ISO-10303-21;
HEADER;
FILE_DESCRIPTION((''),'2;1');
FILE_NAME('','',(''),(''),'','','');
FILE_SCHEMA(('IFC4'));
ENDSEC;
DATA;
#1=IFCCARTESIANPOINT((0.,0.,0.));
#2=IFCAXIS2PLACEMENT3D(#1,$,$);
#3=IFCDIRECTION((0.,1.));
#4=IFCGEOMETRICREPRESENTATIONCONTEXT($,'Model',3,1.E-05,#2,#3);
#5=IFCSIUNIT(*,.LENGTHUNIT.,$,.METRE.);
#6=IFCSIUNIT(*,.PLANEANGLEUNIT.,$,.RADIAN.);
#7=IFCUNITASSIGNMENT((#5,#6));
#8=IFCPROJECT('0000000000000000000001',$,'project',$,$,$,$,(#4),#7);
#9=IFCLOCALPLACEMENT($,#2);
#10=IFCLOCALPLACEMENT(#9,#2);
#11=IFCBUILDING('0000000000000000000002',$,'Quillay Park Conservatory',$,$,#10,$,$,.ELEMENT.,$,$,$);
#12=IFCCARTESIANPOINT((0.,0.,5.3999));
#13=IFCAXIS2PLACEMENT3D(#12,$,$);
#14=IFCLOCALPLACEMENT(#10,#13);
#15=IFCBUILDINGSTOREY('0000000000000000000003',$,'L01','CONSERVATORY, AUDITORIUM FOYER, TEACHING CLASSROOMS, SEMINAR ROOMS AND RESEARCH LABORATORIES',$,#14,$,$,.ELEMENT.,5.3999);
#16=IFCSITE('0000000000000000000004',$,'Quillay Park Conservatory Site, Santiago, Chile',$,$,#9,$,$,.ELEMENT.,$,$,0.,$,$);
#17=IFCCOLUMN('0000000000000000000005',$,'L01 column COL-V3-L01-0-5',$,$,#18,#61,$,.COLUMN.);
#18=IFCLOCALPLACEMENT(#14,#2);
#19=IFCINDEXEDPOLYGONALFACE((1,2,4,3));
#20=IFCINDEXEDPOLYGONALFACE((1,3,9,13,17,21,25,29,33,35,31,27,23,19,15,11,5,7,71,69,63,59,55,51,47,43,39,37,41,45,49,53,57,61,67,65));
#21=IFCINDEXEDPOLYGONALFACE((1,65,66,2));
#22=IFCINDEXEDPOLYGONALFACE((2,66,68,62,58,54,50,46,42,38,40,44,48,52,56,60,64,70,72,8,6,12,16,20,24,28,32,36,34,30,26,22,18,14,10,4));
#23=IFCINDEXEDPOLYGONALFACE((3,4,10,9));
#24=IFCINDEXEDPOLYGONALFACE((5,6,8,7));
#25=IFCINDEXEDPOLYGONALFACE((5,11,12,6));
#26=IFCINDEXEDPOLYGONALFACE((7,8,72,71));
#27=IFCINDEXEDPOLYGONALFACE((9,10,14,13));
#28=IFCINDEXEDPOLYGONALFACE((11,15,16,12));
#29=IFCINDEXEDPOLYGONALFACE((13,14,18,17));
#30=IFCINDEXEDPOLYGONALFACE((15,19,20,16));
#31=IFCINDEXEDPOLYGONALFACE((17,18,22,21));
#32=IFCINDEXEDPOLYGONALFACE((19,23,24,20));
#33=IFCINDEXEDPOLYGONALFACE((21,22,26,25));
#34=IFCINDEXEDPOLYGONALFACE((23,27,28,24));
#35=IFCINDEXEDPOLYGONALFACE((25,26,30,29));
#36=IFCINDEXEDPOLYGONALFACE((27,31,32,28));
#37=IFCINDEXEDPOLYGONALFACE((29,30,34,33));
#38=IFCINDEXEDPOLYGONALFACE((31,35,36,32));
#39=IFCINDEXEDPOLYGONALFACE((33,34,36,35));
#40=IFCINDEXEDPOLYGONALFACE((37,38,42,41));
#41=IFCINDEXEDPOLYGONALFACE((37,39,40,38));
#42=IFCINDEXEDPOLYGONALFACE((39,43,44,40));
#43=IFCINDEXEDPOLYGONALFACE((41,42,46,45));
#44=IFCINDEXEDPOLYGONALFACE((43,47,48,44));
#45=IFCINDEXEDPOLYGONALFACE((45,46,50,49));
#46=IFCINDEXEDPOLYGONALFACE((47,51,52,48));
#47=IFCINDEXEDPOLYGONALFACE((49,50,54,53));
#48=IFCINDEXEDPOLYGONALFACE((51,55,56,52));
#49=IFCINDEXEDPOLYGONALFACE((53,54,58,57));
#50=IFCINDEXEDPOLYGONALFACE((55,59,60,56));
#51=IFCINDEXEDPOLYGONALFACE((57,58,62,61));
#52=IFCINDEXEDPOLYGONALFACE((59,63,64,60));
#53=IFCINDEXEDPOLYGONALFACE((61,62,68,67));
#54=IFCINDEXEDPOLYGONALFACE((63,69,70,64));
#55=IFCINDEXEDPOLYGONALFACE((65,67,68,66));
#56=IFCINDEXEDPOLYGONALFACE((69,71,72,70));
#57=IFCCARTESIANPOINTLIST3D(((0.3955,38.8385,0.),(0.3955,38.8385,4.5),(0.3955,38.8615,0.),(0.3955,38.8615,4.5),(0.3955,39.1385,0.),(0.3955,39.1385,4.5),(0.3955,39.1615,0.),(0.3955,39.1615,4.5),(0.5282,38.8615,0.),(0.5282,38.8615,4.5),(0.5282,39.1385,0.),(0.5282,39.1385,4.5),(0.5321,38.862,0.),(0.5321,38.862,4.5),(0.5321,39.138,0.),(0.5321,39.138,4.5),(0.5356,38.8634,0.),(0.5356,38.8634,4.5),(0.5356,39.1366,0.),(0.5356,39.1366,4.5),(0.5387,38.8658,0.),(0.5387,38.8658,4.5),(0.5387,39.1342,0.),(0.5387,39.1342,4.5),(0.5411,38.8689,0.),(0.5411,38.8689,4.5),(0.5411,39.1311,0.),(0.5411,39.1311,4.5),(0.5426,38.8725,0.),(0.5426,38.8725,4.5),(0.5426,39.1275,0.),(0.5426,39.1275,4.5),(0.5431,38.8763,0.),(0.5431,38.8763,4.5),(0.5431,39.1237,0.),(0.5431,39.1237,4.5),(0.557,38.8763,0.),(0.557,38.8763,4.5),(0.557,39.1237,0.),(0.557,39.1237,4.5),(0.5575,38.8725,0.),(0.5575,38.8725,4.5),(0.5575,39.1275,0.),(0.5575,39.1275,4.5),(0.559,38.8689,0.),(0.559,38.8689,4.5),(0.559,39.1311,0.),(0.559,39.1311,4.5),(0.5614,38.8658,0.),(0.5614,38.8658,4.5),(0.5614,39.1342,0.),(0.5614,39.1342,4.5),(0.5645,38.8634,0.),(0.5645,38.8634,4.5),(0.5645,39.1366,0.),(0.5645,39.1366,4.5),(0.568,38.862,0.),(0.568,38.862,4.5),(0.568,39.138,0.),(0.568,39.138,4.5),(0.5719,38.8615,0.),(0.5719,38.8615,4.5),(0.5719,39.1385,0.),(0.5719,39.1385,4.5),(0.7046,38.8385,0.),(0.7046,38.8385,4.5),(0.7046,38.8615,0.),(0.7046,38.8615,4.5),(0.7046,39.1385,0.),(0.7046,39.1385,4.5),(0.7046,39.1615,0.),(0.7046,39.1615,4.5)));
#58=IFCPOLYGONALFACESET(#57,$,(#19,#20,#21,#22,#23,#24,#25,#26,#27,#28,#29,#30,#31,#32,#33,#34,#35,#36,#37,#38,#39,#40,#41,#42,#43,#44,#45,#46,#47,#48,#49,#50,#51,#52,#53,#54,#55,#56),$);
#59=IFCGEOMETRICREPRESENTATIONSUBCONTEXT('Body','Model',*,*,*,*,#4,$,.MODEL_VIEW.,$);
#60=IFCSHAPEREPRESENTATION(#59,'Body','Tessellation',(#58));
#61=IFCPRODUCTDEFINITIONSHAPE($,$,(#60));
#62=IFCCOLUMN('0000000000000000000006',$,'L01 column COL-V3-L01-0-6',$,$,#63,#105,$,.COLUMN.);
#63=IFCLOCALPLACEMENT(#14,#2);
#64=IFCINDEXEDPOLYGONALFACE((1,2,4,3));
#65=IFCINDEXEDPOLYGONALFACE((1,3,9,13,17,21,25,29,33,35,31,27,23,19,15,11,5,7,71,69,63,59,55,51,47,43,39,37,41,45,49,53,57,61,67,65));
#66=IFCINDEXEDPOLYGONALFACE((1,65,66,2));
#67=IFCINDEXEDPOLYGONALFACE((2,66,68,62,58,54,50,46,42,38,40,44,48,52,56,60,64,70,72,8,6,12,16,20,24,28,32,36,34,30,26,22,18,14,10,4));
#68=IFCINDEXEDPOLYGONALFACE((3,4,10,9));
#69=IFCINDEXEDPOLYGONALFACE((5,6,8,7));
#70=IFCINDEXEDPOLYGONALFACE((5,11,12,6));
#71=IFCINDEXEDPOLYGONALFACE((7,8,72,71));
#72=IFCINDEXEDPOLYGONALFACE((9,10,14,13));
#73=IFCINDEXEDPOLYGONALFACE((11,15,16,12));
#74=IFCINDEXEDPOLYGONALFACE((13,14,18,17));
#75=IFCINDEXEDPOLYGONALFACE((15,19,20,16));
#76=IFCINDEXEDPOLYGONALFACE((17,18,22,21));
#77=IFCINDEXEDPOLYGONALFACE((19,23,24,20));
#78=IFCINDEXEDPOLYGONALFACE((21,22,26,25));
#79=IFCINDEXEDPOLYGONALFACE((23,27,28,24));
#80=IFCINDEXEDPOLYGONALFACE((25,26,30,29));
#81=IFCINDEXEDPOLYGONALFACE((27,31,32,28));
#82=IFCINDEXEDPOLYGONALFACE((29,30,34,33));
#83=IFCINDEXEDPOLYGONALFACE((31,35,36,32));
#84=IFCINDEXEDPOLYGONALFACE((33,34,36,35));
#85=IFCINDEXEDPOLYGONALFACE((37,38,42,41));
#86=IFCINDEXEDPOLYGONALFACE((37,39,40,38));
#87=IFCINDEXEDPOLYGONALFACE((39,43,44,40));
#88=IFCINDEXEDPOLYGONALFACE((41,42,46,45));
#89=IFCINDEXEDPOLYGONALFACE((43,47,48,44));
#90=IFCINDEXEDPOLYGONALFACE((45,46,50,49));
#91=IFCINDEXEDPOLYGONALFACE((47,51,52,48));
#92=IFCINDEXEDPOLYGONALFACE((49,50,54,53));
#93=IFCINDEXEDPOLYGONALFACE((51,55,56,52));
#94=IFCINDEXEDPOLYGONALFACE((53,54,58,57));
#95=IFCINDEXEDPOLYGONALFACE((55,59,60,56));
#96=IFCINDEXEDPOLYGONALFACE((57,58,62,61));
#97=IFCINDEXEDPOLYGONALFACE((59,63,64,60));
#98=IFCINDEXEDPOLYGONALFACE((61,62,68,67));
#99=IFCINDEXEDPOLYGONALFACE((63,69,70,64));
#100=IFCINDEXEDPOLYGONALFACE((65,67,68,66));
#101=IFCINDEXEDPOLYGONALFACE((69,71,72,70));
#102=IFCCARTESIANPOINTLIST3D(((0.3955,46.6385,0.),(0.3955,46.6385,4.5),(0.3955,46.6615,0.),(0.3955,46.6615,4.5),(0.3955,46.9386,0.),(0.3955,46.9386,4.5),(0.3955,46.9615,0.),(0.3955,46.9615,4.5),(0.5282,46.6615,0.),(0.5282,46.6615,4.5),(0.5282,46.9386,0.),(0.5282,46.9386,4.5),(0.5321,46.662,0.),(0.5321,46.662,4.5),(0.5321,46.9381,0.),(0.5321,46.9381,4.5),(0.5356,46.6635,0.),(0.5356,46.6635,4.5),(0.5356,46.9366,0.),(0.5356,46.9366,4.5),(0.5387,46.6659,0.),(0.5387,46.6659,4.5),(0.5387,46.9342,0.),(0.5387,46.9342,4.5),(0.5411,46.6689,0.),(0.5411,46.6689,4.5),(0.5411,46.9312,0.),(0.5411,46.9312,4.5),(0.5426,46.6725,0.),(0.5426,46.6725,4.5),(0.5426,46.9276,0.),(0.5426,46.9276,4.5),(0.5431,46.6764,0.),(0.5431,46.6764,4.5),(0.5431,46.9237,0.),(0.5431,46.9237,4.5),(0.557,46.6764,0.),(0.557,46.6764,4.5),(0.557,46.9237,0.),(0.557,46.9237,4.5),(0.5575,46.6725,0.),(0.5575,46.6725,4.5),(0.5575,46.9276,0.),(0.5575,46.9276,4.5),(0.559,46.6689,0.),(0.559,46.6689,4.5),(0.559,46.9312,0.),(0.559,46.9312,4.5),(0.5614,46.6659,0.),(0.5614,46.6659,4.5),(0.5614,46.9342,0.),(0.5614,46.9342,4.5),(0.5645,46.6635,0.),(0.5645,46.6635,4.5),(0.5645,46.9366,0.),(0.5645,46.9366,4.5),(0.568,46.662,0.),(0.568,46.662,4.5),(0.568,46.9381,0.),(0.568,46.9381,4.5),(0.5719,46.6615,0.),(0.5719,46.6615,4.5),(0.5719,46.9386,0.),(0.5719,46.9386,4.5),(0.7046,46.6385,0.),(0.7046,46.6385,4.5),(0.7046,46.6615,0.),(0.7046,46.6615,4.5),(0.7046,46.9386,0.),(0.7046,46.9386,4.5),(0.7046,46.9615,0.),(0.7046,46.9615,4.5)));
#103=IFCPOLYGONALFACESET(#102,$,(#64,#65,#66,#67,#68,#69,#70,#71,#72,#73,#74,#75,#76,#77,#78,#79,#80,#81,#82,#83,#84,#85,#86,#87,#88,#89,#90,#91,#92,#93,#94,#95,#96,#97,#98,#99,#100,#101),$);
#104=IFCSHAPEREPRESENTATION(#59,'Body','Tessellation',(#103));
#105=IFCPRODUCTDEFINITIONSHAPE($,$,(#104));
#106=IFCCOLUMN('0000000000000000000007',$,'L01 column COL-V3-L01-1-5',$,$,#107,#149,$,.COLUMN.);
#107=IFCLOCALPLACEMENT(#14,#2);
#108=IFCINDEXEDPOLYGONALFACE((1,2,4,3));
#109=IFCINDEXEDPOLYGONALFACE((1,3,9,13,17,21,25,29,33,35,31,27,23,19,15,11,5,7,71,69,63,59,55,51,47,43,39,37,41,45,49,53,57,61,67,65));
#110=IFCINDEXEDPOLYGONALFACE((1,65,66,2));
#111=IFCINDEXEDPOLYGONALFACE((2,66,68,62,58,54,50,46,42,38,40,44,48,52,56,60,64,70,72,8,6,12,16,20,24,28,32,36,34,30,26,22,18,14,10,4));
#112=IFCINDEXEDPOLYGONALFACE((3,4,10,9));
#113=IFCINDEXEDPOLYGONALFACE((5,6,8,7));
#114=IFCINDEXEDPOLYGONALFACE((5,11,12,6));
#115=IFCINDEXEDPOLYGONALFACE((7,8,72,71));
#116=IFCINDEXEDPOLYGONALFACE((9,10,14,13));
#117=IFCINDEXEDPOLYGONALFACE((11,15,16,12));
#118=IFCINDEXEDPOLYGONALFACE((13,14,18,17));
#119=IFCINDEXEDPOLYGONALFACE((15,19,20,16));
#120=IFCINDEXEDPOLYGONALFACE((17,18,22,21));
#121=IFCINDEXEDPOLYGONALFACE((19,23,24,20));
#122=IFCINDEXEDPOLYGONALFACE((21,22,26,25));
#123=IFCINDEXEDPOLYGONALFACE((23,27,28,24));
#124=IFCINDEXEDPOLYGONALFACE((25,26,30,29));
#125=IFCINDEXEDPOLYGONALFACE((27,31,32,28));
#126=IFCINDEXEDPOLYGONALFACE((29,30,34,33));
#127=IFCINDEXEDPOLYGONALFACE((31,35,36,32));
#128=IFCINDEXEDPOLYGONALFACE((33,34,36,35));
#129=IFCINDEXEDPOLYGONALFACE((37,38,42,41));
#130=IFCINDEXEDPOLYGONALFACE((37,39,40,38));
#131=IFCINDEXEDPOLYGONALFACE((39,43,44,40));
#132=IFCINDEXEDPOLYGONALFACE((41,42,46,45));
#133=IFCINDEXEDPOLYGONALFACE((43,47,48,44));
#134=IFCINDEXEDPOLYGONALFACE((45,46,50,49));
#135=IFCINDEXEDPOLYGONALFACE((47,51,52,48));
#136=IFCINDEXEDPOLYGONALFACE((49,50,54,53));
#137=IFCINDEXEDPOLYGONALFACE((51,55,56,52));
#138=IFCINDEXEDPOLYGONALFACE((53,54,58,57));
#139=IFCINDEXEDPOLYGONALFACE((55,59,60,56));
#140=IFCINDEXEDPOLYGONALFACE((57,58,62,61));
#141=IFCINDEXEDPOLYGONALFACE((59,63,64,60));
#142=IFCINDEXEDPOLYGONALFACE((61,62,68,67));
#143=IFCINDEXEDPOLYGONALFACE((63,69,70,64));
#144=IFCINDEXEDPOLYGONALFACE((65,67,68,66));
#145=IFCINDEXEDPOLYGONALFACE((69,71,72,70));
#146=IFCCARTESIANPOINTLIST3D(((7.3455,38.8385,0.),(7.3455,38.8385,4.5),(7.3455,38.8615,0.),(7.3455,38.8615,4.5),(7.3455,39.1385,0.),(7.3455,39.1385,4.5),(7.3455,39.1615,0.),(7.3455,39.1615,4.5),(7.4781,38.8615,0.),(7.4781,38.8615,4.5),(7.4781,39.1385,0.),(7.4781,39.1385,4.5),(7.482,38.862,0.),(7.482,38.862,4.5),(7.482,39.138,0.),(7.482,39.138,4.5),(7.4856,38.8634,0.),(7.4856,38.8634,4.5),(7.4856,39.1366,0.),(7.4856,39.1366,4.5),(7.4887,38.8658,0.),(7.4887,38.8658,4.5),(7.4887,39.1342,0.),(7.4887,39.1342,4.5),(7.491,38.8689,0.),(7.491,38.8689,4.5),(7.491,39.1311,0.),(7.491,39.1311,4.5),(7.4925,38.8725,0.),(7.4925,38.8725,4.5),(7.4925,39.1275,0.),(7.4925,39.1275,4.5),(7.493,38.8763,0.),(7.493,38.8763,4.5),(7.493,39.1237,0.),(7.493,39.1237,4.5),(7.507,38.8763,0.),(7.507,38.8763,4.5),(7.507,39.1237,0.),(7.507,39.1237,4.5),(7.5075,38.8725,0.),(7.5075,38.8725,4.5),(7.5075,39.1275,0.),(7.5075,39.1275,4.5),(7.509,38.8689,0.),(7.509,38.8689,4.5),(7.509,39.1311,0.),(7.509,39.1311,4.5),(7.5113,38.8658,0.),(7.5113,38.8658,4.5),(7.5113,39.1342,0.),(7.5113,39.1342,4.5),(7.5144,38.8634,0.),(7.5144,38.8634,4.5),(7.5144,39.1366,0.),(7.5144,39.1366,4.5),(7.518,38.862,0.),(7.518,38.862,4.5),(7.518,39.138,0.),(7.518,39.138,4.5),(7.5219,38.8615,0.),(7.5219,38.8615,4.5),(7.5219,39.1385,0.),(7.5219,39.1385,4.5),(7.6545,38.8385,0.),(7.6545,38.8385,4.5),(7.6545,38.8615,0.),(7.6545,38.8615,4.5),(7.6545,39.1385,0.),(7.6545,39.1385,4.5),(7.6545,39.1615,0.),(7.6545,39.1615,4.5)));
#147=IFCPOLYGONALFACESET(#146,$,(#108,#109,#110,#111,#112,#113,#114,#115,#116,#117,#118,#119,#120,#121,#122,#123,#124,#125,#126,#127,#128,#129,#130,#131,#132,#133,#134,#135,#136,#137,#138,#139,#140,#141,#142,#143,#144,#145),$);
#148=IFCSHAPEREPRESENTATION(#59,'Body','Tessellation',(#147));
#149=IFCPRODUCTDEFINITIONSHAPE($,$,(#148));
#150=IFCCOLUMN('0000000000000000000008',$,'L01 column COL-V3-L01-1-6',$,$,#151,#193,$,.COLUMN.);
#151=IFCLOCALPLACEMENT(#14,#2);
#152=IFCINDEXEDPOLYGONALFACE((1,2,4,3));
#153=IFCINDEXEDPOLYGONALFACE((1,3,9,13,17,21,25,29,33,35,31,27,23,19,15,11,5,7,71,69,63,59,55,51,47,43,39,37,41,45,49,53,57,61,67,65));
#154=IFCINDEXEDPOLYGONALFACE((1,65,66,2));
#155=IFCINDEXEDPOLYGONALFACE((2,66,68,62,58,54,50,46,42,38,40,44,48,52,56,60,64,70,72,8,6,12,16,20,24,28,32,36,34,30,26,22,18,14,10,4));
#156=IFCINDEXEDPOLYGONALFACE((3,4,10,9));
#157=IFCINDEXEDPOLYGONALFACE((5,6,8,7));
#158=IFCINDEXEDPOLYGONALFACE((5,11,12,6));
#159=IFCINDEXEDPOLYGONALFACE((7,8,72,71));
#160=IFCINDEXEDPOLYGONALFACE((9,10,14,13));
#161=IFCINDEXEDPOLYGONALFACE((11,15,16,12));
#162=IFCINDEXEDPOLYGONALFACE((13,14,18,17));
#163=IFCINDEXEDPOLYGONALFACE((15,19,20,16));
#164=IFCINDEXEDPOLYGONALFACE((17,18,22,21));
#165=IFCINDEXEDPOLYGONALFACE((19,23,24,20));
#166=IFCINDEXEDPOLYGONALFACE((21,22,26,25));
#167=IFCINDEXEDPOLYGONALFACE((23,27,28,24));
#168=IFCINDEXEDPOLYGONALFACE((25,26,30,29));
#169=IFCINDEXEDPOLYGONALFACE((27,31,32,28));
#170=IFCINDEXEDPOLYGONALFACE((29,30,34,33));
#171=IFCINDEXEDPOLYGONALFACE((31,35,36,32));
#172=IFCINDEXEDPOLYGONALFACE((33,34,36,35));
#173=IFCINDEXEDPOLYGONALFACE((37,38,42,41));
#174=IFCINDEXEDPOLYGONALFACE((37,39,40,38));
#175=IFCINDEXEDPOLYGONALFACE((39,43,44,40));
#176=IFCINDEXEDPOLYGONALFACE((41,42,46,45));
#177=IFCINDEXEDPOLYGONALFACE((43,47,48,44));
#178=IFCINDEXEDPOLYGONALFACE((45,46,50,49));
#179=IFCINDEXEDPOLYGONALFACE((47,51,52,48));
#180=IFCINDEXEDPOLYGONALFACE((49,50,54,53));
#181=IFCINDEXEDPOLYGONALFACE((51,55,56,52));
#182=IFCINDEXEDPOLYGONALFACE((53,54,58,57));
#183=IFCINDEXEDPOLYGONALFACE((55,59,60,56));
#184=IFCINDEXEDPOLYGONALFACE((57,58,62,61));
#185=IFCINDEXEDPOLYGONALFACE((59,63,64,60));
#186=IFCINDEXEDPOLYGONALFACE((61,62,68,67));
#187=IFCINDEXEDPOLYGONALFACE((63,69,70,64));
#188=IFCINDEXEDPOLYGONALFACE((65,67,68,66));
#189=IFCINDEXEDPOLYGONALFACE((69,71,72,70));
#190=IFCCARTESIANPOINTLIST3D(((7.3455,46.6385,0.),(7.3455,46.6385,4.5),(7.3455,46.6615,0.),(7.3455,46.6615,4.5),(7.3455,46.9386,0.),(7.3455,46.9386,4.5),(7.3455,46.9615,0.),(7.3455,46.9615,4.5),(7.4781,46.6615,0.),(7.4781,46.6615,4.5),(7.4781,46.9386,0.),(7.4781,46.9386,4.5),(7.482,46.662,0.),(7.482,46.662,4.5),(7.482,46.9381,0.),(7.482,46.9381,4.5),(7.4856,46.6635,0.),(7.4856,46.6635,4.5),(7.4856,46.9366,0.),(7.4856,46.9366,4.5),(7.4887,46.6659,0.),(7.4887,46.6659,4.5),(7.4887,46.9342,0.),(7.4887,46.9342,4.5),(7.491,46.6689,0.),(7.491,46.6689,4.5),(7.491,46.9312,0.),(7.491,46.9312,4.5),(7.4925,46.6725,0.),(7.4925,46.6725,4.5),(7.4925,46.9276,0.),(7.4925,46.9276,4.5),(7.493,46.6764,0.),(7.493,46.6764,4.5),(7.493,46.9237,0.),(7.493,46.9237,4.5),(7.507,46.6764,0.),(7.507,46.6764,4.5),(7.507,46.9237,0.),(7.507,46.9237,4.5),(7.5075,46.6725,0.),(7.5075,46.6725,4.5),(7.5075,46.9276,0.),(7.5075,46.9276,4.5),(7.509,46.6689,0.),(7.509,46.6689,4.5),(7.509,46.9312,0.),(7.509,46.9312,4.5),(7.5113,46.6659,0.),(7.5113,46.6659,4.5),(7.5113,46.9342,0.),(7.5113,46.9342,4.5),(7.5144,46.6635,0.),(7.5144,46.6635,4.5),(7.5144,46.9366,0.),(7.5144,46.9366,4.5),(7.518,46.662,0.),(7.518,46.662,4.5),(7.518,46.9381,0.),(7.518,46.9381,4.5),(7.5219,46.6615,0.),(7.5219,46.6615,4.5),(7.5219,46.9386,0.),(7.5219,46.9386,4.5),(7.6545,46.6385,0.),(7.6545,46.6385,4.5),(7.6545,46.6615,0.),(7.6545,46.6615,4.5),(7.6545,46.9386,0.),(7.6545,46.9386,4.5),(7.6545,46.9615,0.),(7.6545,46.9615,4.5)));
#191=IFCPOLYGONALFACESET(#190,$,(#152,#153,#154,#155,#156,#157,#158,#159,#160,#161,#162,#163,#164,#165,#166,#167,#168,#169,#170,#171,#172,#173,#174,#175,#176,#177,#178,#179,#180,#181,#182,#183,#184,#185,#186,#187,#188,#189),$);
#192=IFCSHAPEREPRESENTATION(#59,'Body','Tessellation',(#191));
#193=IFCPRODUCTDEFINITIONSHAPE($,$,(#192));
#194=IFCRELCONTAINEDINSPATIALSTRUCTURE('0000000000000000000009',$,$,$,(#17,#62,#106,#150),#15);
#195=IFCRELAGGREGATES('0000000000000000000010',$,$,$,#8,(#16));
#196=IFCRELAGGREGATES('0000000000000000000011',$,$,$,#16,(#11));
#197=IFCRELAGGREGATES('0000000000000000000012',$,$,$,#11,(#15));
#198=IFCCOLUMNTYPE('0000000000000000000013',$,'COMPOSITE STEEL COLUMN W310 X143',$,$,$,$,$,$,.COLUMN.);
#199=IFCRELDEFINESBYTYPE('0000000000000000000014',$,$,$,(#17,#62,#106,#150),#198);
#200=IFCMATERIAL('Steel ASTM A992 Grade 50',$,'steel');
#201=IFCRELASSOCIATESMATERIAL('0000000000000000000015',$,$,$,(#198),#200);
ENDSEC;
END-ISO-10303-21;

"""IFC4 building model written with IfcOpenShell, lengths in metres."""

from ifc_helpers import new_model, si_unit, direction, frame, origin, origin_2d, place, context, subcontext, project, spatial, i_section, extrude, material, material_profile, profile_set, type_object, element, save


model = new_model("IFC4")

# Units and contexts
model_context = context("Model", 3, precision=1e-05, world=origin(), true_north=direction((0.0, 1.0)))
body_context = subcontext(model_context, "Body", "Model", "MODEL_VIEW")
ifc_project = project(units=[si_unit("LENGTHUNIT", "METRE"), si_unit("PLANEANGLEUNIT", "RADIAN")], contexts=[model_context])

# Site, building, storey
site_placement = place(None, origin())
site = spatial("IfcSite", under=ifc_project, at=site_placement, Name="Quillay Park Conservatory Site, Santiago, Chile", CompositionType="ELEMENT", RefElevation=0.0)
building_placement = place(site_placement, origin())
building = spatial("IfcBuilding", under=site, at=building_placement, Name="Quillay Park Conservatory", CompositionType="ELEMENT")
storey_placement = place(building_placement, frame((0.0, 0.0, 5.3999)))
storey = spatial("IfcBuildingStorey", under=building, at=storey_placement, Name="L01", Description="CONSERVATORY, AUDITORIUM FOYER, TEACHING CLASSROOMS, SEMINAR ROOMS AND RESEARCH LABORATORIES", CompositionType="ELEMENT", Elevation=5.3999)

# Columns
ifc_material_1 = material(Name="Steel ASTM A992 Grade 50", Category="steel")
ifc_material_profile_1 = material_profile(ifc_material_1, i_section(OverallWidth=0.3091, OverallDepth=0.323, WebThickness=0.0139, FlangeThickness=0.0229, FilletRadius=0.0149, at=origin_2d()), Name="W310x143")
ifc_profile_set_1 = profile_set([ifc_material_profile_1], Name="Steel ASTM A992 Grade 50")
column_type = type_object("IfcColumnType", Name="COMPOSITE STEEL COLUMN W310 X143", PredefinedType="COLUMN", material=ifc_profile_set_1)
for number, where, z_axis, x_axis, name in (
    (1, (0.55, 39.0, 0.0), (0.0, 0.0, 1.0), (1.0, 0.0, 0.0), "L01 column COL-V3-L01-0-5"),
    (2, (0.55, 46.8, 0.0), (0.0, 0.0, 1.0), (1.0, 0.0, 0.0), "L01 column COL-V3-L01-0-6"),
    (3, (7.5, 39.0, 0.0), (0.0, 0.0, 1.0), (1.0, 0.0, 0.0), "L01 column COL-V3-L01-1-5"),
    (4, (7.5, 46.8, 0.0), (0.0, 0.0, 1.0), (1.0, 0.0, 0.0), "L01 column COL-V3-L01-1-6"),
):
    element("IfcColumn", number, at=place(storey_placement, frame(where, z_axis=z_axis, x_axis=x_axis)), inside=storey, type_object=column_type, Name=name, PredefinedType="COLUMN", context=body_context, shape_type="SweptSolid", body=[
        extrude(i_section(OverallWidth=0.3091, OverallDepth=0.323, WebThickness=0.0139, FlangeThickness=0.0229, FilletRadius=0.0149, at=origin_2d()), origin(), (0.0, 0.0, 1.0), 4.5),
    ])

save(model, "model.ifc")
